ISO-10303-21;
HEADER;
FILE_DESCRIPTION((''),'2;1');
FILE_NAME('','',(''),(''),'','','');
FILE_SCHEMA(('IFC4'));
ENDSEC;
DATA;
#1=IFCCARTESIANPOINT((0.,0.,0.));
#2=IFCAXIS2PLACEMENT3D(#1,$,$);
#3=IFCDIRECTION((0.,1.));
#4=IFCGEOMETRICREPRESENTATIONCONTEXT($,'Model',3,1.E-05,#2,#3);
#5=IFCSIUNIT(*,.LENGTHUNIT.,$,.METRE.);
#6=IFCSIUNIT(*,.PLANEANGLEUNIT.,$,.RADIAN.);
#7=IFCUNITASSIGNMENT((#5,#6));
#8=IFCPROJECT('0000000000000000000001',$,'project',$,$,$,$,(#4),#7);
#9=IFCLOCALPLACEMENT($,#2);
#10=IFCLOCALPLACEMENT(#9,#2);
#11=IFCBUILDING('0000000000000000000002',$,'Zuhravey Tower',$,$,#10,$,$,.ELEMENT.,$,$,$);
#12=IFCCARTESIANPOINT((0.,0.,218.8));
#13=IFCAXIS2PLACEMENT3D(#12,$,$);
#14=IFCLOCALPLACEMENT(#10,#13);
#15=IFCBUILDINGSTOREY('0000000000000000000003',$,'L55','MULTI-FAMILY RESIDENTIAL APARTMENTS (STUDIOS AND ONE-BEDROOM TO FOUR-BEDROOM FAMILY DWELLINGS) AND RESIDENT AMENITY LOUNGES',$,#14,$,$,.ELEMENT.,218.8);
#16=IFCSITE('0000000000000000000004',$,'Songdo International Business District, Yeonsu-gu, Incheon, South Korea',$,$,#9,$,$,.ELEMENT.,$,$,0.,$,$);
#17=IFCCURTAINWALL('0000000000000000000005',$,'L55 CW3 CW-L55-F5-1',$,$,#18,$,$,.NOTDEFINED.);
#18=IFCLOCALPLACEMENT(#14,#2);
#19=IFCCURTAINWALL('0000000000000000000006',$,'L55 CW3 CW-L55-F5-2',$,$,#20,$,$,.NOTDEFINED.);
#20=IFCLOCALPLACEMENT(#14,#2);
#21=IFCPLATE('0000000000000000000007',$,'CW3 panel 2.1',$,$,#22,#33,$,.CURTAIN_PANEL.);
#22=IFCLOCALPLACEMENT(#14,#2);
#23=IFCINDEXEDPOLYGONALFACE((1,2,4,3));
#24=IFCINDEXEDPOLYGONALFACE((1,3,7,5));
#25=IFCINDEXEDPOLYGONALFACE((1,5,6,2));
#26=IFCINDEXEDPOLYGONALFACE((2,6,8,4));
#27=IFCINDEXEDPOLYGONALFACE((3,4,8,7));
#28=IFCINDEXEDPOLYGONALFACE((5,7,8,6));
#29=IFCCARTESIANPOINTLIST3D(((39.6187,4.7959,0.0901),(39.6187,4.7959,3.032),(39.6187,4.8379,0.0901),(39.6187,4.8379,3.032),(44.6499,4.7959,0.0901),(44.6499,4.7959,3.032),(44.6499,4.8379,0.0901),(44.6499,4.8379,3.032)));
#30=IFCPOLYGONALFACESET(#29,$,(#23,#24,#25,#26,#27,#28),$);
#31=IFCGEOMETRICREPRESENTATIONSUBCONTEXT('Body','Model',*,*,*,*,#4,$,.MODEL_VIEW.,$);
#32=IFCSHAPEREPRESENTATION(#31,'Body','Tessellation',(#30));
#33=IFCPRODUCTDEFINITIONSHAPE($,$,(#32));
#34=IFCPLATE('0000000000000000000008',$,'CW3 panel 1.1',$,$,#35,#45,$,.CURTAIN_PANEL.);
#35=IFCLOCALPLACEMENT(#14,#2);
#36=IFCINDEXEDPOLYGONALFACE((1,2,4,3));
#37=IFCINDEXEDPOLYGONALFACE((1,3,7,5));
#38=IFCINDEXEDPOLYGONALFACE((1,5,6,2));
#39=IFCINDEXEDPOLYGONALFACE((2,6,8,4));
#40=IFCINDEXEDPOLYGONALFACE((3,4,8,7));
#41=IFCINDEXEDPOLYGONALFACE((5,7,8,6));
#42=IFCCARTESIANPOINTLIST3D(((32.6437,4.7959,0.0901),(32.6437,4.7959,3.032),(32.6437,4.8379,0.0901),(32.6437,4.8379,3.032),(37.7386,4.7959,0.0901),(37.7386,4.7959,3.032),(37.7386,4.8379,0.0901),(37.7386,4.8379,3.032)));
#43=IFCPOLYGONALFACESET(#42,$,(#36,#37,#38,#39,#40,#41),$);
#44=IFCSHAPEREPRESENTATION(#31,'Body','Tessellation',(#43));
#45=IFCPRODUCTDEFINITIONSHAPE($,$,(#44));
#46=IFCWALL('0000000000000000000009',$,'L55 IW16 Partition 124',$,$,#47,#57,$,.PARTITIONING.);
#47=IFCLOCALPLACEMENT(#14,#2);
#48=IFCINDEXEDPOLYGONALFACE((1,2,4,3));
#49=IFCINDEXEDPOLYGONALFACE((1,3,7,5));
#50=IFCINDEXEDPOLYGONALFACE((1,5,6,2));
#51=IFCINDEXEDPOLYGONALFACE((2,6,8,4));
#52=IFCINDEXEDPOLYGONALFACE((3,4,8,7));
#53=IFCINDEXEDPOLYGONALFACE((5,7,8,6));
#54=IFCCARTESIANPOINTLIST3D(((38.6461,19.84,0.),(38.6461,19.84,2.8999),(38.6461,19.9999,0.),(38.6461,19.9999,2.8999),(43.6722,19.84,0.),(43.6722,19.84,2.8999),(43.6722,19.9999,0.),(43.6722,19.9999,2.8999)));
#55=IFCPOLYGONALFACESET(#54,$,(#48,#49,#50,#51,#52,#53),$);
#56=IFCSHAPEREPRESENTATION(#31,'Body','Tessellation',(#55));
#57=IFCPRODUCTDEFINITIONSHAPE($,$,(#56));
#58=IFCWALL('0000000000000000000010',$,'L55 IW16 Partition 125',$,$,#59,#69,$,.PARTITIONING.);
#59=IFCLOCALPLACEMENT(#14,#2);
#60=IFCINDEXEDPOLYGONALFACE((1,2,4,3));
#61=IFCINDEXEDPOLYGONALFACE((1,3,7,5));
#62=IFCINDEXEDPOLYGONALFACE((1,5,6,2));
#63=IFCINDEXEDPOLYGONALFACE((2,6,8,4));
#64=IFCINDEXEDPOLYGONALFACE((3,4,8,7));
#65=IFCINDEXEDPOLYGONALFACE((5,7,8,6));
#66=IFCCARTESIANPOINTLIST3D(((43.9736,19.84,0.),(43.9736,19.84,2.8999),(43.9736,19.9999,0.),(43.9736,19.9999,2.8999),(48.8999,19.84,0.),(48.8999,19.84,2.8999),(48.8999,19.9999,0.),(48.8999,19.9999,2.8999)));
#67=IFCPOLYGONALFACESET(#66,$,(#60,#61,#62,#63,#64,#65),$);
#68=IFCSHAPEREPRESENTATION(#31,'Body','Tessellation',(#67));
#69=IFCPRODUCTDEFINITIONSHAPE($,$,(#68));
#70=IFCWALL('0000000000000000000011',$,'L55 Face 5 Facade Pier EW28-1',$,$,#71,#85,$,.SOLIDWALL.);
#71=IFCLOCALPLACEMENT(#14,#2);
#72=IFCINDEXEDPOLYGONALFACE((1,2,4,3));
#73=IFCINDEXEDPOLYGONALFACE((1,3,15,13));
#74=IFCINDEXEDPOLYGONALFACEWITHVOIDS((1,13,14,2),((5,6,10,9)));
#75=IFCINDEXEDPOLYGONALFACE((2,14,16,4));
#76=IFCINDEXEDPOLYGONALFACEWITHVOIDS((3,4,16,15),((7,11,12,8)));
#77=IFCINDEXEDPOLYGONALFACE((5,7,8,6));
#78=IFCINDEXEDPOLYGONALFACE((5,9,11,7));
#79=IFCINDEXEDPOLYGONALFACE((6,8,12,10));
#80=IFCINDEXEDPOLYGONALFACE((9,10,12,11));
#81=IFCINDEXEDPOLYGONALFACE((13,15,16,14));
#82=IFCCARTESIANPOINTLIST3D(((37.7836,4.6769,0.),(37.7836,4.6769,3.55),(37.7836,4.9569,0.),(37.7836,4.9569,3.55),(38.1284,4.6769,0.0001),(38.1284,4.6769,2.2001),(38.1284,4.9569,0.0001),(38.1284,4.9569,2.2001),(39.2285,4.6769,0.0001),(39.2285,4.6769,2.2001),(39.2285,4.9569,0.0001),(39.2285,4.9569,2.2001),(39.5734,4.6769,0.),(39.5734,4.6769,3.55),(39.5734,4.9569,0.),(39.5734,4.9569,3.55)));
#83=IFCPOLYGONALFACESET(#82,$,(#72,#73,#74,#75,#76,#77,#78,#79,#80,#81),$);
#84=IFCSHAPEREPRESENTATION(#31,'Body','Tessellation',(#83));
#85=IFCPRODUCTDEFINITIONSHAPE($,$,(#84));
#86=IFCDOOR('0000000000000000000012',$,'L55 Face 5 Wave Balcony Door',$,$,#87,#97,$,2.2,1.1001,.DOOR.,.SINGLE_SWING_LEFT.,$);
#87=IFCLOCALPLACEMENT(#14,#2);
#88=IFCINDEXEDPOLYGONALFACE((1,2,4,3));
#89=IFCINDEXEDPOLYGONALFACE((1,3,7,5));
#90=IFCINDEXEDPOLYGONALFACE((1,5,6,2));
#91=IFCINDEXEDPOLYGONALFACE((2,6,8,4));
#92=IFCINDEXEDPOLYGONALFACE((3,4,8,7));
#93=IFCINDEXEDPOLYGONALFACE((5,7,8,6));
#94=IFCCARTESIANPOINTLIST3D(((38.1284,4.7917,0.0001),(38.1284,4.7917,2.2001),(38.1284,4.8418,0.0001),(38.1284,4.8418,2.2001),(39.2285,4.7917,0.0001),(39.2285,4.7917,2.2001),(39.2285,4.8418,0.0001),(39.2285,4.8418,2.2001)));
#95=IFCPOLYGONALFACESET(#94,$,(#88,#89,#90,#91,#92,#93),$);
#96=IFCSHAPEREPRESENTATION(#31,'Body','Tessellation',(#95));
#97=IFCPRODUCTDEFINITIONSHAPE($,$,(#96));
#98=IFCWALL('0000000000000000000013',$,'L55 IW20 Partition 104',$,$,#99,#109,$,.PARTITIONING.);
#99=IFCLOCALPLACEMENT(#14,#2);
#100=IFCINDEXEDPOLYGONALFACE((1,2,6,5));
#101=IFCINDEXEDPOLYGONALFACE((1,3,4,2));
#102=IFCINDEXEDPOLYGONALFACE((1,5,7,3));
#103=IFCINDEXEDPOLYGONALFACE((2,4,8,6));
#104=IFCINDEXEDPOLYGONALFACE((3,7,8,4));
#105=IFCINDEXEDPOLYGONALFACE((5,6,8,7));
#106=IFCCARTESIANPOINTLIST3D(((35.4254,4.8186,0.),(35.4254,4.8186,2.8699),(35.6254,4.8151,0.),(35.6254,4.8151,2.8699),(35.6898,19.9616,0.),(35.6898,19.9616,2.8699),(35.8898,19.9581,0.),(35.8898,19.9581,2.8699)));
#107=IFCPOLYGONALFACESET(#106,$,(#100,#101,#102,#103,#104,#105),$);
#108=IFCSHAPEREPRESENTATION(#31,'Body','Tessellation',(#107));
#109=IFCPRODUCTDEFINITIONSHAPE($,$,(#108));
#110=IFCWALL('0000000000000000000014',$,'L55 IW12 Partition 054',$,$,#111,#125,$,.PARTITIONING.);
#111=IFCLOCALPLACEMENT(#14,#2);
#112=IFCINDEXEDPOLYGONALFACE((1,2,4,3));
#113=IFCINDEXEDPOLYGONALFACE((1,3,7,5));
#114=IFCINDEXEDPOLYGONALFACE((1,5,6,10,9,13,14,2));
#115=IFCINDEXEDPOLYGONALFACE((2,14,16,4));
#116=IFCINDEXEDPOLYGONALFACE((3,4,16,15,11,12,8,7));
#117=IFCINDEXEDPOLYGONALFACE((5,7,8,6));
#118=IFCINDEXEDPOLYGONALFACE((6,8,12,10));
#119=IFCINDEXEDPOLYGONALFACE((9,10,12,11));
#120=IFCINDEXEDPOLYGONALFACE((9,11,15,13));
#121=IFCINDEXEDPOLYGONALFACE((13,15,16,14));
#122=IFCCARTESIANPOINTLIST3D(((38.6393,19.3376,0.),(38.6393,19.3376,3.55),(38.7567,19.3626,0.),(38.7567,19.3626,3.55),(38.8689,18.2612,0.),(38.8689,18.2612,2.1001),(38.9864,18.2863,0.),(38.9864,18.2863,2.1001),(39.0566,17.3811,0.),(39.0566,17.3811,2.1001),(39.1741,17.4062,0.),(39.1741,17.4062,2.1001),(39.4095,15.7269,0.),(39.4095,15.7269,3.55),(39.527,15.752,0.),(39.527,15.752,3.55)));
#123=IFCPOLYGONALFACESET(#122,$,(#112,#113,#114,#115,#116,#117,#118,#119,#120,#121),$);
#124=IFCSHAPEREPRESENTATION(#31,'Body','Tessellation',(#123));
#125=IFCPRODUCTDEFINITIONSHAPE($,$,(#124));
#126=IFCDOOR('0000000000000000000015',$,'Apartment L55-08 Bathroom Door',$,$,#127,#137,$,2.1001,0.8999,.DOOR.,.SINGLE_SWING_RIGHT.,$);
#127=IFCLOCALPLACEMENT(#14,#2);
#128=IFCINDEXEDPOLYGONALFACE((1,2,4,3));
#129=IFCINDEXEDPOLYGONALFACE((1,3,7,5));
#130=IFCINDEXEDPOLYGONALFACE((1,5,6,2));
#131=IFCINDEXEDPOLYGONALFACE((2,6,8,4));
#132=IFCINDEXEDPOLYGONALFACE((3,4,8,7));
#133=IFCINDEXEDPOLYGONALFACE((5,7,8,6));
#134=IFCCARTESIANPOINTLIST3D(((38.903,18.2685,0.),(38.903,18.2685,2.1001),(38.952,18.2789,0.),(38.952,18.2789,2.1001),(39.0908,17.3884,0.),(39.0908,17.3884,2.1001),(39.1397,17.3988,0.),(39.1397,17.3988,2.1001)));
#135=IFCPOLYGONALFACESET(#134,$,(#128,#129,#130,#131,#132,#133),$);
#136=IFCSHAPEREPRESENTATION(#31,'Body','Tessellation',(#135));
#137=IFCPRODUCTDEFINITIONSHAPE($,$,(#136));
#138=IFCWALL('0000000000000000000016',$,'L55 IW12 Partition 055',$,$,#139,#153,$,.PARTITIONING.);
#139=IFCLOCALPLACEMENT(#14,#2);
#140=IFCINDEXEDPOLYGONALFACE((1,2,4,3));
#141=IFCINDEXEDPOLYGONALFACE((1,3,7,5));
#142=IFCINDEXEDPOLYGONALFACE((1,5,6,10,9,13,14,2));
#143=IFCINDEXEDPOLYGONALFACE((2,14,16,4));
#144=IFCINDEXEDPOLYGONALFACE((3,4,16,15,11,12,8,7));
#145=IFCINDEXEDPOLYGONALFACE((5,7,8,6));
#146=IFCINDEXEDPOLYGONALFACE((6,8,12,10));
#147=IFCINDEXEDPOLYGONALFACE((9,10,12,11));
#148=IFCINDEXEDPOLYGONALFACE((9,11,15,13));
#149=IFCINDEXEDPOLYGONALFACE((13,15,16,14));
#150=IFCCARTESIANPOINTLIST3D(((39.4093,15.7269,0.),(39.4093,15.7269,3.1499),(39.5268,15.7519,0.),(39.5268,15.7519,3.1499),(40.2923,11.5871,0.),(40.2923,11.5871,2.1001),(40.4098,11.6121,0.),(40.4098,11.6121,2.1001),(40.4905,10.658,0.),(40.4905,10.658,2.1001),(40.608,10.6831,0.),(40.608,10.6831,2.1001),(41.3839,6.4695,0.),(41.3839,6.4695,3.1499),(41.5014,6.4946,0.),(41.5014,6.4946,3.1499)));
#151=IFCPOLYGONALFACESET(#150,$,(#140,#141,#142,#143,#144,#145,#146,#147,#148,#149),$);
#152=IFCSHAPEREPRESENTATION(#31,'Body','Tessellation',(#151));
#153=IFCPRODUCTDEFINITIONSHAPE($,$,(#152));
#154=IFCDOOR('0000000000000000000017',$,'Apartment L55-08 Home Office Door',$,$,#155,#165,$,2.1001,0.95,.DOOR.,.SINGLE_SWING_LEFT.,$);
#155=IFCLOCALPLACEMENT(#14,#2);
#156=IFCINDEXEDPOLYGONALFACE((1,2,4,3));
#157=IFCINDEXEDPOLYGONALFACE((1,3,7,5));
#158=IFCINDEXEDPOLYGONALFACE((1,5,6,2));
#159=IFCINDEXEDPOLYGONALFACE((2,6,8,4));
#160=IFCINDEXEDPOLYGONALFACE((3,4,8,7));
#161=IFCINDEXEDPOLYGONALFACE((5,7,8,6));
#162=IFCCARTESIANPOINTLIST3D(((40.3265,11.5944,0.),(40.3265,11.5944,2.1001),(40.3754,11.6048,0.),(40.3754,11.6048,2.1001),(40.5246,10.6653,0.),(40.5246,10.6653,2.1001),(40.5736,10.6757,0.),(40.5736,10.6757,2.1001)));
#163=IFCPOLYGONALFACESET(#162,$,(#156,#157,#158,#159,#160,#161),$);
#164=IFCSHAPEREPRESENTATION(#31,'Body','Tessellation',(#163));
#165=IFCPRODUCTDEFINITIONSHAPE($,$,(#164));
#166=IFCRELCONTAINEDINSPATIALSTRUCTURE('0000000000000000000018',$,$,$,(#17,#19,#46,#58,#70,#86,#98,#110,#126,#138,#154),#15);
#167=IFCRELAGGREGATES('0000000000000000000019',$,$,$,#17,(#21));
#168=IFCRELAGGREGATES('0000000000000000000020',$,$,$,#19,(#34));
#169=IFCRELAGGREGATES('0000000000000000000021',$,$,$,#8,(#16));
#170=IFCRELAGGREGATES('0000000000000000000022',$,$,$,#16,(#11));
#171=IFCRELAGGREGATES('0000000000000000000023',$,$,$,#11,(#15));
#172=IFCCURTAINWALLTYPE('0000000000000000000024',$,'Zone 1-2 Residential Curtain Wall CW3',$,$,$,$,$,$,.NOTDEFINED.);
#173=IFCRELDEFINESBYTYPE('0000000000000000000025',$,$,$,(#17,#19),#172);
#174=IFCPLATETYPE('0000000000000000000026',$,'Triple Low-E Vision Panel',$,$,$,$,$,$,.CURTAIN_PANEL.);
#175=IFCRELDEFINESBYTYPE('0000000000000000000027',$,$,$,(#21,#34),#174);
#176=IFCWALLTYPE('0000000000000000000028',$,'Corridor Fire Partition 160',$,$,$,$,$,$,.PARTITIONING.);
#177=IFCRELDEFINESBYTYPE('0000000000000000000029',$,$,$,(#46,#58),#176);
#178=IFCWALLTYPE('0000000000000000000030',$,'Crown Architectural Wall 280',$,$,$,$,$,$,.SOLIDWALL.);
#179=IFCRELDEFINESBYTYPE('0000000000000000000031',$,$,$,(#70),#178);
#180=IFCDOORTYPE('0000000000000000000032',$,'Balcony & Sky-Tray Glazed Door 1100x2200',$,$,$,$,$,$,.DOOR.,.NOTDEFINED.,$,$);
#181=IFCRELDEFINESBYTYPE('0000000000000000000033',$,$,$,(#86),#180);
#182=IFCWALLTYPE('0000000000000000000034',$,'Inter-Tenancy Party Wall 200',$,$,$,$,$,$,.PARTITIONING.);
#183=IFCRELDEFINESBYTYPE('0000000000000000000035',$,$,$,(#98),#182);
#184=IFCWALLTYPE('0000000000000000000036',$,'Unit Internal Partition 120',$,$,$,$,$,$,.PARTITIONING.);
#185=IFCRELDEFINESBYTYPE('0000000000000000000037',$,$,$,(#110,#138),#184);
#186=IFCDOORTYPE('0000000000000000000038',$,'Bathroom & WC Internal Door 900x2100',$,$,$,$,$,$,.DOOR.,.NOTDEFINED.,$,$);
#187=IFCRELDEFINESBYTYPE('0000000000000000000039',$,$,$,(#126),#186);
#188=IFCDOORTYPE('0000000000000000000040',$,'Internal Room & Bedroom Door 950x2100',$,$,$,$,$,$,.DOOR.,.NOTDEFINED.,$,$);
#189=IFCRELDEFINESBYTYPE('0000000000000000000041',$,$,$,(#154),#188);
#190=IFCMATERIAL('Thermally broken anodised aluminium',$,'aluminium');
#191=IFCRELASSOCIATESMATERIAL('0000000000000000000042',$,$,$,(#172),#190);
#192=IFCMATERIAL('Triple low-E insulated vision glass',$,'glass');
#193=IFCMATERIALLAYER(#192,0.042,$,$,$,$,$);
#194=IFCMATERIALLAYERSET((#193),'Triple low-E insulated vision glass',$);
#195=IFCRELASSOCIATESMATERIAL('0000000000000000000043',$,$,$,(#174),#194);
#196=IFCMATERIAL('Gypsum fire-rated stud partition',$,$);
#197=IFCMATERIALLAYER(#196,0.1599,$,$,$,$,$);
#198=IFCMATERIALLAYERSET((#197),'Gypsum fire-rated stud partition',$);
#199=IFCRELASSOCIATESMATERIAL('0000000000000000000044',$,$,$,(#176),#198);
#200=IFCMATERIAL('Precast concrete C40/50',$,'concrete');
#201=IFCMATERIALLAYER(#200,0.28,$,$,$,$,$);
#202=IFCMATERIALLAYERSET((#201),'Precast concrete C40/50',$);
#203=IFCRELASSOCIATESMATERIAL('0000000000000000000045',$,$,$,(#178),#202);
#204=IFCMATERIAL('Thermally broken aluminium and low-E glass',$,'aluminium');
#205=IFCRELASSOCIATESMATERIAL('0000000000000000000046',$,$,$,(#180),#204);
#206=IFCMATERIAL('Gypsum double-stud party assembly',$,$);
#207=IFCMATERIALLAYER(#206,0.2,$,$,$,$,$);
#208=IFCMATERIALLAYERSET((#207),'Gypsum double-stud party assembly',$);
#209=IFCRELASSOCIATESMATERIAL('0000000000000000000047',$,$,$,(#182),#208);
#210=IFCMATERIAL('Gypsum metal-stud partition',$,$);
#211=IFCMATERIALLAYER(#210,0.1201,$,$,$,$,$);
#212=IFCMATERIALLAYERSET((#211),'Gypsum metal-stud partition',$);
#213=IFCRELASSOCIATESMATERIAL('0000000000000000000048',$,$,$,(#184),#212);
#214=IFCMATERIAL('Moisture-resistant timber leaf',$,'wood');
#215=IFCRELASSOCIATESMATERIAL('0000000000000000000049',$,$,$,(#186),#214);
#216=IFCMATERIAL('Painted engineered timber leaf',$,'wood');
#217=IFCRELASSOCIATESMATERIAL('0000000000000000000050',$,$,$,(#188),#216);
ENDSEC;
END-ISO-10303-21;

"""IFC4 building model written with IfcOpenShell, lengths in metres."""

from ifc_helpers import new_model, si_unit, direction, frame, frame_2d, origin, origin_2d, place, context, subcontext, project, spatial, rectangle, extrude, material, layer, layer_set, type_object, element, fill, aggregate, save


model = new_model("IFC4")

# Units and contexts
model_context = context("Model", 3, precision=1e-05, world=origin(), true_north=direction((0.0, 1.0)))
body_context = subcontext(model_context, "Body", "Model", "MODEL_VIEW")
ifc_project = project(units=[si_unit("LENGTHUNIT", "METRE"), si_unit("PLANEANGLEUNIT", "RADIAN")], contexts=[model_context])

# Site, building, storey
site_placement = place(None, origin())
site = spatial("IfcSite", under=ifc_project, at=site_placement, Name="Songdo International Business District, Yeonsu-gu, Incheon, South Korea", CompositionType="ELEMENT", RefElevation=0.0)
building_placement = place(site_placement, origin())
building = spatial("IfcBuilding", under=site, at=building_placement, Name="Zuhravey Tower", CompositionType="ELEMENT")
storey_placement = place(building_placement, frame((0.0, 0.0, 218.8)))
storey = spatial("IfcBuildingStorey", under=building, at=storey_placement, Name="L55", Description="MULTI-FAMILY RESIDENTIAL APARTMENTS (STUDIOS AND ONE-BEDROOM TO FOUR-BEDROOM FAMILY DWELLINGS) AND RESIDENT AMENITY LOUNGES", CompositionType="ELEMENT", Elevation=218.8)

# Curtain wall
ifc_material_1 = material(Name="Thermally broken anodised aluminium", Category="aluminium")
curtain_wall_type = type_object("IfcCurtainWallType", Name="Zone 1-2 Residential Curtain Wall CW3", PredefinedType="NOTDEFINED", material=ifc_material_1)
curtain_wall_1_placement = place(storey_placement, origin())
curtain_wall_1 = element("IfcCurtainWall", 1, at=curtain_wall_1_placement, inside=storey, type_object=curtain_wall_type, Name="L55 CW3 CW-L55-F5-1", PredefinedType="NOTDEFINED")

# Curtain wall
curtain_wall_2_placement = place(storey_placement, origin())
curtain_wall_2 = element("IfcCurtainWall", 2, at=curtain_wall_2_placement, inside=storey, type_object=curtain_wall_type, Name="L55 CW3 CW-L55-F5-2", PredefinedType="NOTDEFINED")

# Plates
ifc_material_2 = material(Name="Triple low-E insulated vision glass", Category="glass")
ifc_layer_1 = layer(ifc_material_2, 0.042)
ifc_layer_set_1 = layer_set([ifc_layer_1], Name="Triple low-E insulated vision glass")
plate_type = type_object("IfcPlateType", Name="Triple Low-E Vision Panel", PredefinedType="CURTAIN_PANEL", material=ifc_layer_set_1)
plate_1_placement = place(storey_placement, frame((42.1343, 4.8169, 0.0901), z_axis=(0.0, 0.0, 1.0), x_axis=(-1.0, 0.0, 0.0)))
plate_1 = element("IfcPlate", 3, at=plate_1_placement, type_object=plate_type, Name="CW3 panel 2.1", PredefinedType="CURTAIN_PANEL", context=body_context, shape_type="SweptSolid", body=[
    extrude(rectangle(XDim=5.0312, YDim=0.042, at=origin_2d()), origin(), (0.0, 0.0, 1.0), 2.9419),
])
aggregate(curtain_wall_1, [plate_1])
plate_2_placement = place(storey_placement, frame((35.1912, 4.8169, 0.0901), z_axis=(0.0, 0.0, 1.0), x_axis=(-1.0, 0.0, 0.0)))
plate_2 = element("IfcPlate", 4, at=plate_2_placement, type_object=plate_type, Name="CW3 panel 1.1", PredefinedType="CURTAIN_PANEL", context=body_context, shape_type="SweptSolid", body=[
    extrude(rectangle(XDim=5.095, YDim=0.042, at=origin_2d()), origin(), (0.0, 0.0, 1.0), 2.9419),
])
aggregate(curtain_wall_2, [plate_2])

# Shared definitions
ifc_material_3 = material(Name="Gypsum fire-rated stud partition")
ifc_layer_2 = layer(ifc_material_3, 0.1599)
ifc_layer_set_2 = layer_set([ifc_layer_2], Name="Gypsum fire-rated stud partition")
wall_type_1 = type_object("IfcWallType", Name="Corridor Fire Partition 160", PredefinedType="PARTITIONING", material=ifc_layer_set_2)

# Walls
wall_1_placement = place(storey_placement, frame((38.646, 19.9199, 0.0), z_axis=(0.0, 0.0, 1.0), x_axis=(1.0, 0.0, 0.0)))
element("IfcWall", 5, at=wall_1_placement, inside=storey, type_object=wall_type_1, Name="L55 IW16 Partition 124", PredefinedType="PARTITIONING", context=body_context, shape_type="SweptSolid", body=[
    extrude(rectangle(XDim=5.0261, YDim=0.1599, at=frame_2d((2.5132, 0.0))), origin(), (0.0, 0.0, 1.0), 2.8999),
])
wall_2_placement = place(storey_placement, frame((43.9736, 19.9199, 0.0), z_axis=(0.0, 0.0, 1.0), x_axis=(1.0, 0.0, 0.0)))
element("IfcWall", 6, at=wall_2_placement, inside=storey, type_object=wall_type_1, Name="L55 IW16 Partition 125", PredefinedType="PARTITIONING", context=body_context, shape_type="SweptSolid", body=[
    extrude(rectangle(XDim=4.9263, YDim=0.1599, at=frame_2d((2.4631, 0.0))), origin(), (0.0, 0.0, 1.0), 2.8999),
])

# Wall, opening, door
ifc_material_4 = material(Name="Precast concrete C40/50", Category="concrete")
ifc_layer_3 = layer(ifc_material_4, 0.28)
ifc_layer_set_3 = layer_set([ifc_layer_3], Name="Precast concrete C40/50")
wall_type_2 = type_object("IfcWallType", Name="Crown Architectural Wall 280", PredefinedType="SOLIDWALL", material=ifc_layer_set_3)
wall_3_placement = place(storey_placement, frame((39.5735, 4.8169, 0.0), z_axis=(0.0, 0.0, 1.0), x_axis=(-1.0, 0.0, 0.0)))
wall_3 = element("IfcWall", 7, at=wall_3_placement, inside=storey, type_object=wall_type_2, Name="L55 Face 5 Facade Pier EW28-1", PredefinedType="SOLIDWALL", context=body_context, shape_type="SweptSolid", body=[
    extrude(rectangle(XDim=1.7898, YDim=0.28, at=frame_2d((0.895, 0.0))), origin(), (0.0, 0.0, 1.0), 3.55),
])
opening_1_placement = place(wall_3_placement, frame((0.345, 0.0, 0.0)))
opening_1 = element("IfcOpeningElement", 8, at=opening_1_placement, cuts=wall_3, PredefinedType="OPENING", context=body_context, shape_type="SweptSolid", body=[
    extrude(rectangle(XDim=1.1001, YDim=2.2, at=frame_2d((0.55, 1.1001))), frame((0.0, 0.1521, 0.0), z_axis=(0.0, -1.0, 0.0), x_axis=(1.0, 0.0, 0.0)), (0.0, 0.0, 1.0), 0.304),
])
ifc_material_5 = material(Name="Thermally broken aluminium and low-E glass", Category="aluminium")
door_type_1 = type_object("IfcDoorType", Name="Balcony & Sky-Tray Glazed Door 1100x2200", OperationType="NOTDEFINED", PredefinedType="DOOR", material=ifc_material_5)
door_1_placement = place(opening_1_placement, frame((1.1001, 0.0, 0.0), z_axis=(0.0, 0.0, 1.0), x_axis=(-1.0, 0.0, 0.0)))
door_1 = element("IfcDoor", 9, at=door_1_placement, inside=storey, type_object=door_type_1, Name="L55 Face 5 Wave Balcony Door", OperationType="SINGLE_SWING_LEFT", OverallHeight=2.2, OverallWidth=1.1001, PredefinedType="DOOR", context=body_context, shape_type="SweptSolid", body=[
    extrude(rectangle(XDim=1.1001, YDim=2.2, at=frame_2d((0.55, 1.1001))), frame((0.0, 0.0249, 0.0), z_axis=(0.0, -1.0, 0.0), x_axis=(1.0, 0.0, 0.0)), (0.0, 0.0, 1.0), 0.05),
])
fill(opening_1, door_1)

# Wall
ifc_material_6 = material(Name="Gypsum double-stud party assembly")
ifc_layer_4 = layer(ifc_material_6, 0.2)
ifc_layer_set_4 = layer_set([ifc_layer_4], Name="Gypsum double-stud party assembly")
wall_type_3 = type_object("IfcWallType", Name="Inter-Tenancy Party Wall 200", PredefinedType="PARTITIONING", material=ifc_layer_set_4)
wall_4_placement = place(storey_placement, frame((35.7898, 19.96, 0.0), z_axis=(0.0, 0.0, 1.0), x_axis=(-0.017458, -0.999848, 0.0)))
element("IfcWall", 10, at=wall_4_placement, inside=storey, type_object=wall_type_3, Name="L55 IW20 Partition 104", PredefinedType="PARTITIONING", context=body_context, shape_type="SweptSolid", body=[
    extrude(rectangle(XDim=15.1453, YDim=0.2, at=frame_2d((7.5728, 0.0))), origin(), (0.0, 0.0, 1.0), 2.8699),
])

# Walls, openings, doors
ifc_material_7 = material(Name="Gypsum metal-stud partition")
ifc_layer_5 = layer(ifc_material_7, 0.1201)
ifc_layer_set_5 = layer_set([ifc_layer_5], Name="Gypsum metal-stud partition")
wall_type_4 = type_object("IfcWallType", Name="Unit Internal Partition 120", PredefinedType="PARTITIONING", material=ifc_layer_set_5)
wall_5_placement = place(storey_placement, frame((38.698, 19.3501, 0.0), z_axis=(0.0, 0.0, 1.0), x_axis=(0.208639, -0.977993, 0.0)))
wall_5 = element("IfcWall", 11, at=wall_5_placement, inside=storey, type_object=wall_type_4, Name="L55 IW12 Partition 054", PredefinedType="PARTITIONING", context=body_context, shape_type="SweptSolid", body=[
    extrude(rectangle(XDim=3.6919, YDim=0.1201, at=frame_2d((1.8459, 0.0))), origin(), (0.0, 0.0, 1.0), 3.55),
])
opening_2_placement = place(wall_5_placement, frame((1.1006, 0.0, 0.0)))
opening_2 = element("IfcOpeningElement", 12, at=opening_2_placement, cuts=wall_5, PredefinedType="OPENING", context=body_context, shape_type="SweptSolid", body=[
    extrude(rectangle(XDim=0.8999, YDim=2.1001, at=frame_2d((0.45, 1.05))), frame((0.0, 0.072, 0.0), z_axis=(0.0, -1.0, 0.0), x_axis=(1.0, 0.0, 0.0)), (0.0, 0.0, 1.0), 0.144),
])
ifc_material_8 = material(Name="Moisture-resistant timber leaf", Category="wood")
door_type_2 = type_object("IfcDoorType", Name="Bathroom & WC Internal Door 900x2100", OperationType="NOTDEFINED", PredefinedType="DOOR", material=ifc_material_8)
door_2_placement = place(opening_2_placement, origin())
door_2 = element("IfcDoor", 13, at=door_2_placement, inside=storey, type_object=door_type_2, Name="Apartment L55-08 Bathroom Door", OperationType="SINGLE_SWING_RIGHT", OverallHeight=2.1001, OverallWidth=0.8999, PredefinedType="DOOR", context=body_context, shape_type="SweptSolid", body=[
    extrude(rectangle(XDim=0.8999, YDim=2.1001, at=frame_2d((0.45, 1.05))), frame((0.0, 0.0249, 0.0), z_axis=(0.0, -1.0, 0.0), x_axis=(1.0, 0.0, 0.0)), (0.0, 0.0, 1.0), 0.05),
])
fill(opening_2, door_2)
wall_6_placement = place(storey_placement, frame((39.468, 15.7395, 0.0), z_axis=(0.0, 0.0, 1.0), x_axis=(0.20861, -0.977999, 0.0)))
wall_6 = element("IfcWall", 14, at=wall_6_placement, inside=storey, type_object=wall_type_4, Name="L55 IW12 Partition 055", PredefinedType="PARTITIONING", context=body_context, shape_type="SweptSolid", body=[
    extrude(rectangle(XDim=9.4656, YDim=0.1201, at=frame_2d((4.7329, 0.0))), origin(), (0.0, 0.0, 1.0), 3.1499),
])
opening_3_placement = place(wall_6_placement, frame((4.2329, 0.0, 0.0)))
opening_3 = element("IfcOpeningElement", 15, at=opening_3_placement, cuts=wall_6, PredefinedType="OPENING", context=body_context, shape_type="SweptSolid", body=[
    extrude(rectangle(XDim=0.95, YDim=2.1001, at=frame_2d((0.4751, 1.05))), frame((0.0, 0.072, 0.0), z_axis=(0.0, -1.0, 0.0), x_axis=(1.0, 0.0, 0.0)), (0.0, 0.0, 1.0), 0.144),
])
ifc_material_9 = material(Name="Painted engineered timber leaf", Category="wood")
door_type_3 = type_object("IfcDoorType", Name="Internal Room & Bedroom Door 950x2100", OperationType="NOTDEFINED", PredefinedType="DOOR", material=ifc_material_9)
door_3_placement = place(opening_3_placement, origin())
door_3 = element("IfcDoor", 16, at=door_3_placement, inside=storey, type_object=door_type_3, Name="Apartment L55-08 Home Office Door", OperationType="SINGLE_SWING_LEFT", OverallHeight=2.1001, OverallWidth=0.95, PredefinedType="DOOR", context=body_context, shape_type="SweptSolid", body=[
    extrude(rectangle(XDim=0.95, YDim=2.1001, at=frame_2d((0.4751, 1.05))), frame((0.0, 0.0249, 0.0), z_axis=(0.0, -1.0, 0.0), x_axis=(1.0, 0.0, 0.0)), (0.0, 0.0, 1.0), 0.05),
])
fill(opening_3, door_3)

save(model, "model.ifc")
